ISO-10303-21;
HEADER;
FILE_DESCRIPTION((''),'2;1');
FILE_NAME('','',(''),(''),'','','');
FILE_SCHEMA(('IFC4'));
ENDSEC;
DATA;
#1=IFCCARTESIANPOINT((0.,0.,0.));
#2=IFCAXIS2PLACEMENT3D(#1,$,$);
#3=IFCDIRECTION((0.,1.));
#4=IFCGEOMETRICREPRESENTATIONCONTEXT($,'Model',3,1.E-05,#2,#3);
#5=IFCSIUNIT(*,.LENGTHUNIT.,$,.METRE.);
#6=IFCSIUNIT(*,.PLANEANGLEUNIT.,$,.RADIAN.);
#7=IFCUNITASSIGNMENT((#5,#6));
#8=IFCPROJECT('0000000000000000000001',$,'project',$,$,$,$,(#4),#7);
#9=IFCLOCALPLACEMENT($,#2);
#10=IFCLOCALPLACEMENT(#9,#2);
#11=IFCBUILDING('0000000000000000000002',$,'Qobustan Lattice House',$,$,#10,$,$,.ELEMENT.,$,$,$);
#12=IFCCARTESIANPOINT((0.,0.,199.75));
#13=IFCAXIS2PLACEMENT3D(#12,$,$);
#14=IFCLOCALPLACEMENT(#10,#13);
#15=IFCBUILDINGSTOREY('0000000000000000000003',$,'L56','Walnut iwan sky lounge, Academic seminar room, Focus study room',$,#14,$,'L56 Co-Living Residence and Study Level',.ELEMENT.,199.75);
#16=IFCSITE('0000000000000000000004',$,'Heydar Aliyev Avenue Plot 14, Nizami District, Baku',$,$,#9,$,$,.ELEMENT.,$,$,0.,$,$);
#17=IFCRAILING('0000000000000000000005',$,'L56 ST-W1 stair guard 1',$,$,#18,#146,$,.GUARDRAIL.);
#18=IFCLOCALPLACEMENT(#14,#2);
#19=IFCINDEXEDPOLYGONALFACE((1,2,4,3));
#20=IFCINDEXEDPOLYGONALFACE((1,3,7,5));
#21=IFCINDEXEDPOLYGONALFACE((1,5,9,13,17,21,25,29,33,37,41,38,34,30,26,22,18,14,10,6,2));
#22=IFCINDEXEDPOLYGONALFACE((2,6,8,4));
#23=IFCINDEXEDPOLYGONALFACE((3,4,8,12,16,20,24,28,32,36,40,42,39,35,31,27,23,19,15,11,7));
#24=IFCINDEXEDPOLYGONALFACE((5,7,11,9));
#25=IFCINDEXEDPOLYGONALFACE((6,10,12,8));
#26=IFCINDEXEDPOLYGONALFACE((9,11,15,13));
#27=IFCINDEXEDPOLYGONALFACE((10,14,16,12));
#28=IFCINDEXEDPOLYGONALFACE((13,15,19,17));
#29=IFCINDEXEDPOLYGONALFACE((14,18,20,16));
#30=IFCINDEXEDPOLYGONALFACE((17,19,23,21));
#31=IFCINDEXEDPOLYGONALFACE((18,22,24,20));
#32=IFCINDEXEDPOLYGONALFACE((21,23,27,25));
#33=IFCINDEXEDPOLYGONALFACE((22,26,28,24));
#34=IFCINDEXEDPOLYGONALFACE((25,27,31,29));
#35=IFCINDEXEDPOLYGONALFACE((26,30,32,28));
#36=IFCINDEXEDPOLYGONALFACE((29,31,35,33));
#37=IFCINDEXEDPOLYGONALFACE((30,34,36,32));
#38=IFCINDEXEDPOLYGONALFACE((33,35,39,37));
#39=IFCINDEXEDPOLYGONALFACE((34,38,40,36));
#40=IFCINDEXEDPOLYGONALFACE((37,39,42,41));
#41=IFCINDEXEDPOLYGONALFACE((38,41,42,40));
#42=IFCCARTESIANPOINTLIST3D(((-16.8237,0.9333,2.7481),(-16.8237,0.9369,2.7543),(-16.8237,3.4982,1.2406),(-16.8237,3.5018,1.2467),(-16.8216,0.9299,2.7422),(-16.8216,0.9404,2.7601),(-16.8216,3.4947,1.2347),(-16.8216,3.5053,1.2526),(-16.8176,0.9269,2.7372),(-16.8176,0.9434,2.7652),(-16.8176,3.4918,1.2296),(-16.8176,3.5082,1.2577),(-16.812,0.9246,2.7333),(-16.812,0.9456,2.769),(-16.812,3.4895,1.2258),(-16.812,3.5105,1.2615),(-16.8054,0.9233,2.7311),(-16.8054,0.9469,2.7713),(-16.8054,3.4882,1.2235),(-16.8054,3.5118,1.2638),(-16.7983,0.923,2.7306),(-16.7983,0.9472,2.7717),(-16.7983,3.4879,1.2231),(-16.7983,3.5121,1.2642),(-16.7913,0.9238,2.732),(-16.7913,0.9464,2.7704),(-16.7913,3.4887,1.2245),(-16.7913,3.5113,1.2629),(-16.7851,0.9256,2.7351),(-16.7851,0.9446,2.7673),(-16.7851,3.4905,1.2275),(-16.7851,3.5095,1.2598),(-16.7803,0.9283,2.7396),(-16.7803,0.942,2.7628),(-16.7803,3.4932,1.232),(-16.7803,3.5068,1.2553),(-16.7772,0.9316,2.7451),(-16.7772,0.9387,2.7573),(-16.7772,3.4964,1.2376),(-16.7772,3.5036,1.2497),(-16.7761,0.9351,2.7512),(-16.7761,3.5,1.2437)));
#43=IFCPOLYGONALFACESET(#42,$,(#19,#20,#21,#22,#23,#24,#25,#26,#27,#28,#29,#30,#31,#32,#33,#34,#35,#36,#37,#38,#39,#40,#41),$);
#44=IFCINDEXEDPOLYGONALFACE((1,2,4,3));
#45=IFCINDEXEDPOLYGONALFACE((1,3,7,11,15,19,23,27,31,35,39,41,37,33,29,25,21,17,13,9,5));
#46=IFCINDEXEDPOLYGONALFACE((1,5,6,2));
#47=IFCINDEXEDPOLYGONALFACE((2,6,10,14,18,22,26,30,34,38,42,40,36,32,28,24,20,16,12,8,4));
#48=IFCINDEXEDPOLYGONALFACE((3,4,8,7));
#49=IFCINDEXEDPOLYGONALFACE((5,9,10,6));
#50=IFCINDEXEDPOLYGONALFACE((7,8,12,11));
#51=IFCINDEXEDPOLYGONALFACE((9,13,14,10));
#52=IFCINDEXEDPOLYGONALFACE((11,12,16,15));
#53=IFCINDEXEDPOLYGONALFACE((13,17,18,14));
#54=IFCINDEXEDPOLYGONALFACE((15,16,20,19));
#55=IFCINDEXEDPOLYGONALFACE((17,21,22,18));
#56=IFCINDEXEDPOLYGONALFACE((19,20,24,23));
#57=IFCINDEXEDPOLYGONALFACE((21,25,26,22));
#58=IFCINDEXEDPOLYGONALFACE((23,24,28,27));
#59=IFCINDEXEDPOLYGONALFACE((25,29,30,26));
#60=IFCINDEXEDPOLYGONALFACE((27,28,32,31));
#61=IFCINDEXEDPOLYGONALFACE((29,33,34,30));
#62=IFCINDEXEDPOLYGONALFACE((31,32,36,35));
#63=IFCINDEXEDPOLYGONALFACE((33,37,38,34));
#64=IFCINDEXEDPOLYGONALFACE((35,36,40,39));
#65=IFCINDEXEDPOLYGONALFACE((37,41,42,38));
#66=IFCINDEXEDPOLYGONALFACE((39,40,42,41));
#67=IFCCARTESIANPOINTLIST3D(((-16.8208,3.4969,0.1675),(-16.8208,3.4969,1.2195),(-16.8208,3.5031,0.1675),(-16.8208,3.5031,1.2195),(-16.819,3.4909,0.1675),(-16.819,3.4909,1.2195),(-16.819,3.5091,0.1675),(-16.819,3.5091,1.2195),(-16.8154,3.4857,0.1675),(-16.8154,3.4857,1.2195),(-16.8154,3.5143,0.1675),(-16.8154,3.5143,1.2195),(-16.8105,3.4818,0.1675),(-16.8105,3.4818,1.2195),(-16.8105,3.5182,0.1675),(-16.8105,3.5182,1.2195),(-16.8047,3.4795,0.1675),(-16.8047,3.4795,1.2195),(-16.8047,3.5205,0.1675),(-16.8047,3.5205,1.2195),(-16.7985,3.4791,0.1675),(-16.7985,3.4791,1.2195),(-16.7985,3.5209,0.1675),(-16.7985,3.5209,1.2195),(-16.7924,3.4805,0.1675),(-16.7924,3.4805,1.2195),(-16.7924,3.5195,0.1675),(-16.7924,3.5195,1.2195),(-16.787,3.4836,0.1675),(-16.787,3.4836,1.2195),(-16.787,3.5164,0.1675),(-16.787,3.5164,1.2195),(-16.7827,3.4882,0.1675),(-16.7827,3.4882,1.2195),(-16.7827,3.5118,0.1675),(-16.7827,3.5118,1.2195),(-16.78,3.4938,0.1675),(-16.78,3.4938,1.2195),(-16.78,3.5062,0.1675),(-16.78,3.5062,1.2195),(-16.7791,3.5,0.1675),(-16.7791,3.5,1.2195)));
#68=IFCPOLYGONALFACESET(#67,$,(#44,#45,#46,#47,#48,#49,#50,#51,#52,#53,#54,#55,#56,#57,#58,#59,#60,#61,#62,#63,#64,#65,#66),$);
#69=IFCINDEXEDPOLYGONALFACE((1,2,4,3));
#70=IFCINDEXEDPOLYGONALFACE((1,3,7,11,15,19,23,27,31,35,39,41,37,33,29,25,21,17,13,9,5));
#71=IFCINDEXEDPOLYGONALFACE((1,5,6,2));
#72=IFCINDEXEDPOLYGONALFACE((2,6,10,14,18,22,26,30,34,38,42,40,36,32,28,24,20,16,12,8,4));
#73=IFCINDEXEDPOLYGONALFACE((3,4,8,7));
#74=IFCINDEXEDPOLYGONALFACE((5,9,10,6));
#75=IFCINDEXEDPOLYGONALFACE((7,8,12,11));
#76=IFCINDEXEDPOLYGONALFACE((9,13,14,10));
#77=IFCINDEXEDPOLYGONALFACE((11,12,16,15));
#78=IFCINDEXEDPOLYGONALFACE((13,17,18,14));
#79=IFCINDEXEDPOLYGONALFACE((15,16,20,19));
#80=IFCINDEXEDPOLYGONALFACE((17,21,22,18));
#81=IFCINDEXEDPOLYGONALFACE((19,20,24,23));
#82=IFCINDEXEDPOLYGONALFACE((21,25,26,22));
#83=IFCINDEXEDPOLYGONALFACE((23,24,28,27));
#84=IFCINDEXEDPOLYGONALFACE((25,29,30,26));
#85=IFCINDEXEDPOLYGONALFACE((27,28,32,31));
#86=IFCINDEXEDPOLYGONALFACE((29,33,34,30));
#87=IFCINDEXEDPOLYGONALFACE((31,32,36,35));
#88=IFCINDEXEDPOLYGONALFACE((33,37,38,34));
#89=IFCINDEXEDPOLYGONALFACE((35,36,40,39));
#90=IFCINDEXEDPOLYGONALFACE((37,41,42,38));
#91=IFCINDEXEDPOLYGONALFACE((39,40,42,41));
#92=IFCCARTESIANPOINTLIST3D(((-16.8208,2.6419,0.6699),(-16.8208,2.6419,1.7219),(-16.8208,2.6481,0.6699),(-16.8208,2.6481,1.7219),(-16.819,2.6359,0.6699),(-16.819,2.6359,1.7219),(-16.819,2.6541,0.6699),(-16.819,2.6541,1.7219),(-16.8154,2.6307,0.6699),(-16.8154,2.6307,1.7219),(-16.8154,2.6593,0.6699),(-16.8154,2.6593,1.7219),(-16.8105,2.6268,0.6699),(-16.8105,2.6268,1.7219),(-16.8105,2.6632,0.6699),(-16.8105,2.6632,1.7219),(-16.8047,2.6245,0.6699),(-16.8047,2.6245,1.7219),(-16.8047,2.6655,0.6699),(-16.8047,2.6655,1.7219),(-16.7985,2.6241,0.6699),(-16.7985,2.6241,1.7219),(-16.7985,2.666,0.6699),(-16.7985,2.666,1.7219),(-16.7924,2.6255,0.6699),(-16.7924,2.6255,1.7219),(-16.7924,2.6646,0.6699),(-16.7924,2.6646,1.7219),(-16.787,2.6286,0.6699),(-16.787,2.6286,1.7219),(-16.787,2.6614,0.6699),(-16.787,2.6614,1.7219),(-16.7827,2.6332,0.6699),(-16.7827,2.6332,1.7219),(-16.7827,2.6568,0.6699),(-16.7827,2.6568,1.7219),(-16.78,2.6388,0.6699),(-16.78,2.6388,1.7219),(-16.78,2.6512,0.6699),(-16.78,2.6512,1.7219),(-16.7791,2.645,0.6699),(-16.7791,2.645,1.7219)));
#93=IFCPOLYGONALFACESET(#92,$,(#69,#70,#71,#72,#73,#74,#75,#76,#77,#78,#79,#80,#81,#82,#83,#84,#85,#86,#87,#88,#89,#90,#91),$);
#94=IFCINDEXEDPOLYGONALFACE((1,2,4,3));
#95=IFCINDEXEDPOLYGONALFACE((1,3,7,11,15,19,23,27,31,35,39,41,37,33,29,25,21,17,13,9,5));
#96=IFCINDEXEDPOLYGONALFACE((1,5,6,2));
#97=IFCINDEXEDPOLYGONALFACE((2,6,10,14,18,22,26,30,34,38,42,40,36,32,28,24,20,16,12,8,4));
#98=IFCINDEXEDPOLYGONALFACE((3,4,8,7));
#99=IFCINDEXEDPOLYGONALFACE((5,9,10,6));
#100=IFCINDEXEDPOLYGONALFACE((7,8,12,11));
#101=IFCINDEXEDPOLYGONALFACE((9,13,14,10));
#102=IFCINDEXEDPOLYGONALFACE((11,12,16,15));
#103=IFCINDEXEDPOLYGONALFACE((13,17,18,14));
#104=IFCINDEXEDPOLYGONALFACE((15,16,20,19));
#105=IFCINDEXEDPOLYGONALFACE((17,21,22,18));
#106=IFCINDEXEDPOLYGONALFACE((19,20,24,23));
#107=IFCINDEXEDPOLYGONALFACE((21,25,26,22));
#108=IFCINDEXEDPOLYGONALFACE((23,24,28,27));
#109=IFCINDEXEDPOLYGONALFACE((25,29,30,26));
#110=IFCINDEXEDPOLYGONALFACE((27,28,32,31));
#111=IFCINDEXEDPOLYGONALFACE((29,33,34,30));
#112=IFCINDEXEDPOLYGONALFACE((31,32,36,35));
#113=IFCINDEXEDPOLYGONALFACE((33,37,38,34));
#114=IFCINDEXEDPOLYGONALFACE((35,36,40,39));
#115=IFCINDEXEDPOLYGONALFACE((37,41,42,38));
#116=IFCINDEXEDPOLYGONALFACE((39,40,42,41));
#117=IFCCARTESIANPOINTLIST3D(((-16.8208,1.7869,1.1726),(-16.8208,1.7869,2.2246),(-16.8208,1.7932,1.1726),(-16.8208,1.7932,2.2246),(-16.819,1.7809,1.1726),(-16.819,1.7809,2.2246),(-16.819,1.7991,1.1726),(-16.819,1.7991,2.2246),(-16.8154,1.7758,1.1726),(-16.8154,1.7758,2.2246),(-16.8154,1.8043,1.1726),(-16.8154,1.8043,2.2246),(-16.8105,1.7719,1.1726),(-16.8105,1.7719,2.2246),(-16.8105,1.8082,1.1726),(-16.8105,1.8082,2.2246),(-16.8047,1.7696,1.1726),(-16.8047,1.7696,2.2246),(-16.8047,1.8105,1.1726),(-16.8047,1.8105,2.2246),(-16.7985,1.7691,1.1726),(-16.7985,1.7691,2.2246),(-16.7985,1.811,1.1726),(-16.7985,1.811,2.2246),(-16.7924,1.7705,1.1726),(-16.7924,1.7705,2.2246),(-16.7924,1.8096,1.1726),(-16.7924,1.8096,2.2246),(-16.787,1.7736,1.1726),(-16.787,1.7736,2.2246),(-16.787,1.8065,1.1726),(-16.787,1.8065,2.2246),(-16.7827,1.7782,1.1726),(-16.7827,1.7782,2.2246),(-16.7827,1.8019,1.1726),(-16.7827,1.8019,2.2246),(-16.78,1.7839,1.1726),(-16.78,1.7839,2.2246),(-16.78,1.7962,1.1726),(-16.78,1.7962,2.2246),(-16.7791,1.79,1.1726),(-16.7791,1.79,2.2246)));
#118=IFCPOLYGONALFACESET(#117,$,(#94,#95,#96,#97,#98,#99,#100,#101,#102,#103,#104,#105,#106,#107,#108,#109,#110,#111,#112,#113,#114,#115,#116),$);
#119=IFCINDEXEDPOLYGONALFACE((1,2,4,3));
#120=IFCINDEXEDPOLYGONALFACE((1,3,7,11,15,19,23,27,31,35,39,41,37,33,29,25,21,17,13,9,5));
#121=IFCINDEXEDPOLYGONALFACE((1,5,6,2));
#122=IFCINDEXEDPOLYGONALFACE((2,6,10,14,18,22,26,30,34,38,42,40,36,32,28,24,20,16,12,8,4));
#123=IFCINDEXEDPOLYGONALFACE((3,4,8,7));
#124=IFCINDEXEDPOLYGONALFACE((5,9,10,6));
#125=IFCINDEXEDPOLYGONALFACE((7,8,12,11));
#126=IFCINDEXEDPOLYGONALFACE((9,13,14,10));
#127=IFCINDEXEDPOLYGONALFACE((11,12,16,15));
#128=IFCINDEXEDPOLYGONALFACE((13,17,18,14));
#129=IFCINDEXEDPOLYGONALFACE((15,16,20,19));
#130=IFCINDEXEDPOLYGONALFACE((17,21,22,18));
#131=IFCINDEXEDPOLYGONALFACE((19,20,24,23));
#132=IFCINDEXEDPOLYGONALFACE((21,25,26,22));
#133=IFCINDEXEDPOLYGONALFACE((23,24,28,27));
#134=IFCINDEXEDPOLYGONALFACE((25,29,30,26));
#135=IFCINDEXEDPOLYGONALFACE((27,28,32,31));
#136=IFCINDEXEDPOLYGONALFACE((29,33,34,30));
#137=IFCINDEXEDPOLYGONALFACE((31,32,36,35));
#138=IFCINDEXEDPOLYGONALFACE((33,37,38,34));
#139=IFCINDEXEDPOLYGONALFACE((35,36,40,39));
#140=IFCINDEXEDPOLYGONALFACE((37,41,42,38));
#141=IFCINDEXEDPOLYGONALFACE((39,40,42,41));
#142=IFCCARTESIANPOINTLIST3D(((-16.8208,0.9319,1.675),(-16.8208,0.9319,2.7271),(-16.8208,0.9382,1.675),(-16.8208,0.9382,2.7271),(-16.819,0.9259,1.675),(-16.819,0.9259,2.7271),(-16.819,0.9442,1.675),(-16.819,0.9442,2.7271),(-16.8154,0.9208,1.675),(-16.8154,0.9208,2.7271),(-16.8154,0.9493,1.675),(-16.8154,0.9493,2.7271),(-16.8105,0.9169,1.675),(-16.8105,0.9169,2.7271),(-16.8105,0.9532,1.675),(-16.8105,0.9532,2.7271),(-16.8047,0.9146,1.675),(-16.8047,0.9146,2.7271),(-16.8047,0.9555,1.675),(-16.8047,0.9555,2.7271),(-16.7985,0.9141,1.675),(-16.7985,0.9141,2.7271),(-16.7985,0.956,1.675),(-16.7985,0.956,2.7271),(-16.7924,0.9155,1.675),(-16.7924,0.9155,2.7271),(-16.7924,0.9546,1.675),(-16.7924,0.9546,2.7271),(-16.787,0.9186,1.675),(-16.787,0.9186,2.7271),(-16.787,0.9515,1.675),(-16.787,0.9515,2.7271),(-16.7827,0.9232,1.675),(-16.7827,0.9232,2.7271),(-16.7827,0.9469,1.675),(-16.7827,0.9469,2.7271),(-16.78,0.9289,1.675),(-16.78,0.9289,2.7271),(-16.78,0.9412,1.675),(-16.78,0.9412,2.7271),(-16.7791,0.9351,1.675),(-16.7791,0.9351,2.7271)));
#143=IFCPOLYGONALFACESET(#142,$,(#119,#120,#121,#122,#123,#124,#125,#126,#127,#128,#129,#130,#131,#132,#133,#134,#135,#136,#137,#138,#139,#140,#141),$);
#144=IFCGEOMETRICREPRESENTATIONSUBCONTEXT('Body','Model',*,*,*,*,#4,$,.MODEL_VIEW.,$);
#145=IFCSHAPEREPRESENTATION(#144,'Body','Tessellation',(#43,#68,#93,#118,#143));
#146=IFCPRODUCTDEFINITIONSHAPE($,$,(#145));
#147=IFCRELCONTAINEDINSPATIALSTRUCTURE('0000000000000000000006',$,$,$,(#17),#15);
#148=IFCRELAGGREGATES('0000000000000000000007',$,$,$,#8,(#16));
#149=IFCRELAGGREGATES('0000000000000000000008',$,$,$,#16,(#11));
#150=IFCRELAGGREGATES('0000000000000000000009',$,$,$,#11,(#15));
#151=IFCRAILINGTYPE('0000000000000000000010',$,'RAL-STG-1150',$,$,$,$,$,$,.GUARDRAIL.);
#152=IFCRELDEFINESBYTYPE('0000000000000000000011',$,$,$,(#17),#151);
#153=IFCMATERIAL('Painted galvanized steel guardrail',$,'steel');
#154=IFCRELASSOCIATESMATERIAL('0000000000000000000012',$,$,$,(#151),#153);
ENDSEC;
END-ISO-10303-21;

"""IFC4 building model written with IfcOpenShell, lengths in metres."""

from ifc_helpers import new_model, si_unit, direction, frame, origin, origin_2d, place, context, subcontext, project, spatial, circle, extrude, material, type_object, element, save


model = new_model("IFC4")

# Units and contexts
model_context = context("Model", 3, precision=1e-05, world=origin(), true_north=direction((0.0, 1.0)))
body_context = subcontext(model_context, "Body", "Model", "MODEL_VIEW")
ifc_project = project(units=[si_unit("LENGTHUNIT", "METRE"), si_unit("PLANEANGLEUNIT", "RADIAN")], contexts=[model_context])

# Site, building, storey
site_placement = place(None, origin())
site = spatial("IfcSite", under=ifc_project, at=site_placement, Name="Heydar Aliyev Avenue Plot 14, Nizami District, Baku", CompositionType="ELEMENT", RefElevation=0.0)
building_placement = place(site_placement, origin())
building = spatial("IfcBuilding", under=site, at=building_placement, Name="Qobustan Lattice House", CompositionType="ELEMENT")
storey_placement = place(building_placement, frame((0.0, 0.0, 199.75)))
storey = spatial("IfcBuildingStorey", under=building, at=storey_placement, Name="L56", Description="Walnut iwan sky lounge, Academic seminar room, Focus study room", LongName="L56 Co-Living Residence and Study Level", CompositionType="ELEMENT", Elevation=199.75)

# Railing
ifc_material_1 = material(Name="Painted galvanized steel guardrail", Category="steel")
railing_type_1 = type_object("IfcRailingType", Name="RAL-STG-1150", PredefinedType="GUARDRAIL", material=ifc_material_1)
railing_1_placement = place(storey_placement, frame((-16.8, 3.5, 0.1675)))
element("IfcRailing", 1, at=railing_1_placement, inside=storey, type_object=railing_type_1, Name="L56 ST-W1 stair guard 1", PredefinedType="GUARDRAIL", context=body_context, shape_type="SweptSolid", body=[
    extrude(circle(Radius=0.0239, at=origin_2d()), frame((0.0, 0.0, 1.0762), z_axis=(0.0, -0.862113, 0.506715), x_axis=(1.0, 0.0, 0.0)), (0.0, 0.0, 1.0), 2.9751),
    extrude(circle(Radius=0.021, at=origin_2d()), origin(), (0.0, 0.0, 1.0), 1.052),
    extrude(circle(Radius=0.021, at=origin_2d()), frame((0.0, -0.855, 0.5024)), (0.0, 0.0, 1.0), 1.052),
    extrude(circle(Radius=0.021, at=origin_2d()), frame((0.0, -1.71, 1.0051)), (0.0, 0.0, 1.0), 1.052),
    extrude(circle(Radius=0.021, at=origin_2d()), frame((0.0, -2.5649, 1.5076)), (0.0, 0.0, 1.0), 1.052),
])

save(model, "model.ifc")
